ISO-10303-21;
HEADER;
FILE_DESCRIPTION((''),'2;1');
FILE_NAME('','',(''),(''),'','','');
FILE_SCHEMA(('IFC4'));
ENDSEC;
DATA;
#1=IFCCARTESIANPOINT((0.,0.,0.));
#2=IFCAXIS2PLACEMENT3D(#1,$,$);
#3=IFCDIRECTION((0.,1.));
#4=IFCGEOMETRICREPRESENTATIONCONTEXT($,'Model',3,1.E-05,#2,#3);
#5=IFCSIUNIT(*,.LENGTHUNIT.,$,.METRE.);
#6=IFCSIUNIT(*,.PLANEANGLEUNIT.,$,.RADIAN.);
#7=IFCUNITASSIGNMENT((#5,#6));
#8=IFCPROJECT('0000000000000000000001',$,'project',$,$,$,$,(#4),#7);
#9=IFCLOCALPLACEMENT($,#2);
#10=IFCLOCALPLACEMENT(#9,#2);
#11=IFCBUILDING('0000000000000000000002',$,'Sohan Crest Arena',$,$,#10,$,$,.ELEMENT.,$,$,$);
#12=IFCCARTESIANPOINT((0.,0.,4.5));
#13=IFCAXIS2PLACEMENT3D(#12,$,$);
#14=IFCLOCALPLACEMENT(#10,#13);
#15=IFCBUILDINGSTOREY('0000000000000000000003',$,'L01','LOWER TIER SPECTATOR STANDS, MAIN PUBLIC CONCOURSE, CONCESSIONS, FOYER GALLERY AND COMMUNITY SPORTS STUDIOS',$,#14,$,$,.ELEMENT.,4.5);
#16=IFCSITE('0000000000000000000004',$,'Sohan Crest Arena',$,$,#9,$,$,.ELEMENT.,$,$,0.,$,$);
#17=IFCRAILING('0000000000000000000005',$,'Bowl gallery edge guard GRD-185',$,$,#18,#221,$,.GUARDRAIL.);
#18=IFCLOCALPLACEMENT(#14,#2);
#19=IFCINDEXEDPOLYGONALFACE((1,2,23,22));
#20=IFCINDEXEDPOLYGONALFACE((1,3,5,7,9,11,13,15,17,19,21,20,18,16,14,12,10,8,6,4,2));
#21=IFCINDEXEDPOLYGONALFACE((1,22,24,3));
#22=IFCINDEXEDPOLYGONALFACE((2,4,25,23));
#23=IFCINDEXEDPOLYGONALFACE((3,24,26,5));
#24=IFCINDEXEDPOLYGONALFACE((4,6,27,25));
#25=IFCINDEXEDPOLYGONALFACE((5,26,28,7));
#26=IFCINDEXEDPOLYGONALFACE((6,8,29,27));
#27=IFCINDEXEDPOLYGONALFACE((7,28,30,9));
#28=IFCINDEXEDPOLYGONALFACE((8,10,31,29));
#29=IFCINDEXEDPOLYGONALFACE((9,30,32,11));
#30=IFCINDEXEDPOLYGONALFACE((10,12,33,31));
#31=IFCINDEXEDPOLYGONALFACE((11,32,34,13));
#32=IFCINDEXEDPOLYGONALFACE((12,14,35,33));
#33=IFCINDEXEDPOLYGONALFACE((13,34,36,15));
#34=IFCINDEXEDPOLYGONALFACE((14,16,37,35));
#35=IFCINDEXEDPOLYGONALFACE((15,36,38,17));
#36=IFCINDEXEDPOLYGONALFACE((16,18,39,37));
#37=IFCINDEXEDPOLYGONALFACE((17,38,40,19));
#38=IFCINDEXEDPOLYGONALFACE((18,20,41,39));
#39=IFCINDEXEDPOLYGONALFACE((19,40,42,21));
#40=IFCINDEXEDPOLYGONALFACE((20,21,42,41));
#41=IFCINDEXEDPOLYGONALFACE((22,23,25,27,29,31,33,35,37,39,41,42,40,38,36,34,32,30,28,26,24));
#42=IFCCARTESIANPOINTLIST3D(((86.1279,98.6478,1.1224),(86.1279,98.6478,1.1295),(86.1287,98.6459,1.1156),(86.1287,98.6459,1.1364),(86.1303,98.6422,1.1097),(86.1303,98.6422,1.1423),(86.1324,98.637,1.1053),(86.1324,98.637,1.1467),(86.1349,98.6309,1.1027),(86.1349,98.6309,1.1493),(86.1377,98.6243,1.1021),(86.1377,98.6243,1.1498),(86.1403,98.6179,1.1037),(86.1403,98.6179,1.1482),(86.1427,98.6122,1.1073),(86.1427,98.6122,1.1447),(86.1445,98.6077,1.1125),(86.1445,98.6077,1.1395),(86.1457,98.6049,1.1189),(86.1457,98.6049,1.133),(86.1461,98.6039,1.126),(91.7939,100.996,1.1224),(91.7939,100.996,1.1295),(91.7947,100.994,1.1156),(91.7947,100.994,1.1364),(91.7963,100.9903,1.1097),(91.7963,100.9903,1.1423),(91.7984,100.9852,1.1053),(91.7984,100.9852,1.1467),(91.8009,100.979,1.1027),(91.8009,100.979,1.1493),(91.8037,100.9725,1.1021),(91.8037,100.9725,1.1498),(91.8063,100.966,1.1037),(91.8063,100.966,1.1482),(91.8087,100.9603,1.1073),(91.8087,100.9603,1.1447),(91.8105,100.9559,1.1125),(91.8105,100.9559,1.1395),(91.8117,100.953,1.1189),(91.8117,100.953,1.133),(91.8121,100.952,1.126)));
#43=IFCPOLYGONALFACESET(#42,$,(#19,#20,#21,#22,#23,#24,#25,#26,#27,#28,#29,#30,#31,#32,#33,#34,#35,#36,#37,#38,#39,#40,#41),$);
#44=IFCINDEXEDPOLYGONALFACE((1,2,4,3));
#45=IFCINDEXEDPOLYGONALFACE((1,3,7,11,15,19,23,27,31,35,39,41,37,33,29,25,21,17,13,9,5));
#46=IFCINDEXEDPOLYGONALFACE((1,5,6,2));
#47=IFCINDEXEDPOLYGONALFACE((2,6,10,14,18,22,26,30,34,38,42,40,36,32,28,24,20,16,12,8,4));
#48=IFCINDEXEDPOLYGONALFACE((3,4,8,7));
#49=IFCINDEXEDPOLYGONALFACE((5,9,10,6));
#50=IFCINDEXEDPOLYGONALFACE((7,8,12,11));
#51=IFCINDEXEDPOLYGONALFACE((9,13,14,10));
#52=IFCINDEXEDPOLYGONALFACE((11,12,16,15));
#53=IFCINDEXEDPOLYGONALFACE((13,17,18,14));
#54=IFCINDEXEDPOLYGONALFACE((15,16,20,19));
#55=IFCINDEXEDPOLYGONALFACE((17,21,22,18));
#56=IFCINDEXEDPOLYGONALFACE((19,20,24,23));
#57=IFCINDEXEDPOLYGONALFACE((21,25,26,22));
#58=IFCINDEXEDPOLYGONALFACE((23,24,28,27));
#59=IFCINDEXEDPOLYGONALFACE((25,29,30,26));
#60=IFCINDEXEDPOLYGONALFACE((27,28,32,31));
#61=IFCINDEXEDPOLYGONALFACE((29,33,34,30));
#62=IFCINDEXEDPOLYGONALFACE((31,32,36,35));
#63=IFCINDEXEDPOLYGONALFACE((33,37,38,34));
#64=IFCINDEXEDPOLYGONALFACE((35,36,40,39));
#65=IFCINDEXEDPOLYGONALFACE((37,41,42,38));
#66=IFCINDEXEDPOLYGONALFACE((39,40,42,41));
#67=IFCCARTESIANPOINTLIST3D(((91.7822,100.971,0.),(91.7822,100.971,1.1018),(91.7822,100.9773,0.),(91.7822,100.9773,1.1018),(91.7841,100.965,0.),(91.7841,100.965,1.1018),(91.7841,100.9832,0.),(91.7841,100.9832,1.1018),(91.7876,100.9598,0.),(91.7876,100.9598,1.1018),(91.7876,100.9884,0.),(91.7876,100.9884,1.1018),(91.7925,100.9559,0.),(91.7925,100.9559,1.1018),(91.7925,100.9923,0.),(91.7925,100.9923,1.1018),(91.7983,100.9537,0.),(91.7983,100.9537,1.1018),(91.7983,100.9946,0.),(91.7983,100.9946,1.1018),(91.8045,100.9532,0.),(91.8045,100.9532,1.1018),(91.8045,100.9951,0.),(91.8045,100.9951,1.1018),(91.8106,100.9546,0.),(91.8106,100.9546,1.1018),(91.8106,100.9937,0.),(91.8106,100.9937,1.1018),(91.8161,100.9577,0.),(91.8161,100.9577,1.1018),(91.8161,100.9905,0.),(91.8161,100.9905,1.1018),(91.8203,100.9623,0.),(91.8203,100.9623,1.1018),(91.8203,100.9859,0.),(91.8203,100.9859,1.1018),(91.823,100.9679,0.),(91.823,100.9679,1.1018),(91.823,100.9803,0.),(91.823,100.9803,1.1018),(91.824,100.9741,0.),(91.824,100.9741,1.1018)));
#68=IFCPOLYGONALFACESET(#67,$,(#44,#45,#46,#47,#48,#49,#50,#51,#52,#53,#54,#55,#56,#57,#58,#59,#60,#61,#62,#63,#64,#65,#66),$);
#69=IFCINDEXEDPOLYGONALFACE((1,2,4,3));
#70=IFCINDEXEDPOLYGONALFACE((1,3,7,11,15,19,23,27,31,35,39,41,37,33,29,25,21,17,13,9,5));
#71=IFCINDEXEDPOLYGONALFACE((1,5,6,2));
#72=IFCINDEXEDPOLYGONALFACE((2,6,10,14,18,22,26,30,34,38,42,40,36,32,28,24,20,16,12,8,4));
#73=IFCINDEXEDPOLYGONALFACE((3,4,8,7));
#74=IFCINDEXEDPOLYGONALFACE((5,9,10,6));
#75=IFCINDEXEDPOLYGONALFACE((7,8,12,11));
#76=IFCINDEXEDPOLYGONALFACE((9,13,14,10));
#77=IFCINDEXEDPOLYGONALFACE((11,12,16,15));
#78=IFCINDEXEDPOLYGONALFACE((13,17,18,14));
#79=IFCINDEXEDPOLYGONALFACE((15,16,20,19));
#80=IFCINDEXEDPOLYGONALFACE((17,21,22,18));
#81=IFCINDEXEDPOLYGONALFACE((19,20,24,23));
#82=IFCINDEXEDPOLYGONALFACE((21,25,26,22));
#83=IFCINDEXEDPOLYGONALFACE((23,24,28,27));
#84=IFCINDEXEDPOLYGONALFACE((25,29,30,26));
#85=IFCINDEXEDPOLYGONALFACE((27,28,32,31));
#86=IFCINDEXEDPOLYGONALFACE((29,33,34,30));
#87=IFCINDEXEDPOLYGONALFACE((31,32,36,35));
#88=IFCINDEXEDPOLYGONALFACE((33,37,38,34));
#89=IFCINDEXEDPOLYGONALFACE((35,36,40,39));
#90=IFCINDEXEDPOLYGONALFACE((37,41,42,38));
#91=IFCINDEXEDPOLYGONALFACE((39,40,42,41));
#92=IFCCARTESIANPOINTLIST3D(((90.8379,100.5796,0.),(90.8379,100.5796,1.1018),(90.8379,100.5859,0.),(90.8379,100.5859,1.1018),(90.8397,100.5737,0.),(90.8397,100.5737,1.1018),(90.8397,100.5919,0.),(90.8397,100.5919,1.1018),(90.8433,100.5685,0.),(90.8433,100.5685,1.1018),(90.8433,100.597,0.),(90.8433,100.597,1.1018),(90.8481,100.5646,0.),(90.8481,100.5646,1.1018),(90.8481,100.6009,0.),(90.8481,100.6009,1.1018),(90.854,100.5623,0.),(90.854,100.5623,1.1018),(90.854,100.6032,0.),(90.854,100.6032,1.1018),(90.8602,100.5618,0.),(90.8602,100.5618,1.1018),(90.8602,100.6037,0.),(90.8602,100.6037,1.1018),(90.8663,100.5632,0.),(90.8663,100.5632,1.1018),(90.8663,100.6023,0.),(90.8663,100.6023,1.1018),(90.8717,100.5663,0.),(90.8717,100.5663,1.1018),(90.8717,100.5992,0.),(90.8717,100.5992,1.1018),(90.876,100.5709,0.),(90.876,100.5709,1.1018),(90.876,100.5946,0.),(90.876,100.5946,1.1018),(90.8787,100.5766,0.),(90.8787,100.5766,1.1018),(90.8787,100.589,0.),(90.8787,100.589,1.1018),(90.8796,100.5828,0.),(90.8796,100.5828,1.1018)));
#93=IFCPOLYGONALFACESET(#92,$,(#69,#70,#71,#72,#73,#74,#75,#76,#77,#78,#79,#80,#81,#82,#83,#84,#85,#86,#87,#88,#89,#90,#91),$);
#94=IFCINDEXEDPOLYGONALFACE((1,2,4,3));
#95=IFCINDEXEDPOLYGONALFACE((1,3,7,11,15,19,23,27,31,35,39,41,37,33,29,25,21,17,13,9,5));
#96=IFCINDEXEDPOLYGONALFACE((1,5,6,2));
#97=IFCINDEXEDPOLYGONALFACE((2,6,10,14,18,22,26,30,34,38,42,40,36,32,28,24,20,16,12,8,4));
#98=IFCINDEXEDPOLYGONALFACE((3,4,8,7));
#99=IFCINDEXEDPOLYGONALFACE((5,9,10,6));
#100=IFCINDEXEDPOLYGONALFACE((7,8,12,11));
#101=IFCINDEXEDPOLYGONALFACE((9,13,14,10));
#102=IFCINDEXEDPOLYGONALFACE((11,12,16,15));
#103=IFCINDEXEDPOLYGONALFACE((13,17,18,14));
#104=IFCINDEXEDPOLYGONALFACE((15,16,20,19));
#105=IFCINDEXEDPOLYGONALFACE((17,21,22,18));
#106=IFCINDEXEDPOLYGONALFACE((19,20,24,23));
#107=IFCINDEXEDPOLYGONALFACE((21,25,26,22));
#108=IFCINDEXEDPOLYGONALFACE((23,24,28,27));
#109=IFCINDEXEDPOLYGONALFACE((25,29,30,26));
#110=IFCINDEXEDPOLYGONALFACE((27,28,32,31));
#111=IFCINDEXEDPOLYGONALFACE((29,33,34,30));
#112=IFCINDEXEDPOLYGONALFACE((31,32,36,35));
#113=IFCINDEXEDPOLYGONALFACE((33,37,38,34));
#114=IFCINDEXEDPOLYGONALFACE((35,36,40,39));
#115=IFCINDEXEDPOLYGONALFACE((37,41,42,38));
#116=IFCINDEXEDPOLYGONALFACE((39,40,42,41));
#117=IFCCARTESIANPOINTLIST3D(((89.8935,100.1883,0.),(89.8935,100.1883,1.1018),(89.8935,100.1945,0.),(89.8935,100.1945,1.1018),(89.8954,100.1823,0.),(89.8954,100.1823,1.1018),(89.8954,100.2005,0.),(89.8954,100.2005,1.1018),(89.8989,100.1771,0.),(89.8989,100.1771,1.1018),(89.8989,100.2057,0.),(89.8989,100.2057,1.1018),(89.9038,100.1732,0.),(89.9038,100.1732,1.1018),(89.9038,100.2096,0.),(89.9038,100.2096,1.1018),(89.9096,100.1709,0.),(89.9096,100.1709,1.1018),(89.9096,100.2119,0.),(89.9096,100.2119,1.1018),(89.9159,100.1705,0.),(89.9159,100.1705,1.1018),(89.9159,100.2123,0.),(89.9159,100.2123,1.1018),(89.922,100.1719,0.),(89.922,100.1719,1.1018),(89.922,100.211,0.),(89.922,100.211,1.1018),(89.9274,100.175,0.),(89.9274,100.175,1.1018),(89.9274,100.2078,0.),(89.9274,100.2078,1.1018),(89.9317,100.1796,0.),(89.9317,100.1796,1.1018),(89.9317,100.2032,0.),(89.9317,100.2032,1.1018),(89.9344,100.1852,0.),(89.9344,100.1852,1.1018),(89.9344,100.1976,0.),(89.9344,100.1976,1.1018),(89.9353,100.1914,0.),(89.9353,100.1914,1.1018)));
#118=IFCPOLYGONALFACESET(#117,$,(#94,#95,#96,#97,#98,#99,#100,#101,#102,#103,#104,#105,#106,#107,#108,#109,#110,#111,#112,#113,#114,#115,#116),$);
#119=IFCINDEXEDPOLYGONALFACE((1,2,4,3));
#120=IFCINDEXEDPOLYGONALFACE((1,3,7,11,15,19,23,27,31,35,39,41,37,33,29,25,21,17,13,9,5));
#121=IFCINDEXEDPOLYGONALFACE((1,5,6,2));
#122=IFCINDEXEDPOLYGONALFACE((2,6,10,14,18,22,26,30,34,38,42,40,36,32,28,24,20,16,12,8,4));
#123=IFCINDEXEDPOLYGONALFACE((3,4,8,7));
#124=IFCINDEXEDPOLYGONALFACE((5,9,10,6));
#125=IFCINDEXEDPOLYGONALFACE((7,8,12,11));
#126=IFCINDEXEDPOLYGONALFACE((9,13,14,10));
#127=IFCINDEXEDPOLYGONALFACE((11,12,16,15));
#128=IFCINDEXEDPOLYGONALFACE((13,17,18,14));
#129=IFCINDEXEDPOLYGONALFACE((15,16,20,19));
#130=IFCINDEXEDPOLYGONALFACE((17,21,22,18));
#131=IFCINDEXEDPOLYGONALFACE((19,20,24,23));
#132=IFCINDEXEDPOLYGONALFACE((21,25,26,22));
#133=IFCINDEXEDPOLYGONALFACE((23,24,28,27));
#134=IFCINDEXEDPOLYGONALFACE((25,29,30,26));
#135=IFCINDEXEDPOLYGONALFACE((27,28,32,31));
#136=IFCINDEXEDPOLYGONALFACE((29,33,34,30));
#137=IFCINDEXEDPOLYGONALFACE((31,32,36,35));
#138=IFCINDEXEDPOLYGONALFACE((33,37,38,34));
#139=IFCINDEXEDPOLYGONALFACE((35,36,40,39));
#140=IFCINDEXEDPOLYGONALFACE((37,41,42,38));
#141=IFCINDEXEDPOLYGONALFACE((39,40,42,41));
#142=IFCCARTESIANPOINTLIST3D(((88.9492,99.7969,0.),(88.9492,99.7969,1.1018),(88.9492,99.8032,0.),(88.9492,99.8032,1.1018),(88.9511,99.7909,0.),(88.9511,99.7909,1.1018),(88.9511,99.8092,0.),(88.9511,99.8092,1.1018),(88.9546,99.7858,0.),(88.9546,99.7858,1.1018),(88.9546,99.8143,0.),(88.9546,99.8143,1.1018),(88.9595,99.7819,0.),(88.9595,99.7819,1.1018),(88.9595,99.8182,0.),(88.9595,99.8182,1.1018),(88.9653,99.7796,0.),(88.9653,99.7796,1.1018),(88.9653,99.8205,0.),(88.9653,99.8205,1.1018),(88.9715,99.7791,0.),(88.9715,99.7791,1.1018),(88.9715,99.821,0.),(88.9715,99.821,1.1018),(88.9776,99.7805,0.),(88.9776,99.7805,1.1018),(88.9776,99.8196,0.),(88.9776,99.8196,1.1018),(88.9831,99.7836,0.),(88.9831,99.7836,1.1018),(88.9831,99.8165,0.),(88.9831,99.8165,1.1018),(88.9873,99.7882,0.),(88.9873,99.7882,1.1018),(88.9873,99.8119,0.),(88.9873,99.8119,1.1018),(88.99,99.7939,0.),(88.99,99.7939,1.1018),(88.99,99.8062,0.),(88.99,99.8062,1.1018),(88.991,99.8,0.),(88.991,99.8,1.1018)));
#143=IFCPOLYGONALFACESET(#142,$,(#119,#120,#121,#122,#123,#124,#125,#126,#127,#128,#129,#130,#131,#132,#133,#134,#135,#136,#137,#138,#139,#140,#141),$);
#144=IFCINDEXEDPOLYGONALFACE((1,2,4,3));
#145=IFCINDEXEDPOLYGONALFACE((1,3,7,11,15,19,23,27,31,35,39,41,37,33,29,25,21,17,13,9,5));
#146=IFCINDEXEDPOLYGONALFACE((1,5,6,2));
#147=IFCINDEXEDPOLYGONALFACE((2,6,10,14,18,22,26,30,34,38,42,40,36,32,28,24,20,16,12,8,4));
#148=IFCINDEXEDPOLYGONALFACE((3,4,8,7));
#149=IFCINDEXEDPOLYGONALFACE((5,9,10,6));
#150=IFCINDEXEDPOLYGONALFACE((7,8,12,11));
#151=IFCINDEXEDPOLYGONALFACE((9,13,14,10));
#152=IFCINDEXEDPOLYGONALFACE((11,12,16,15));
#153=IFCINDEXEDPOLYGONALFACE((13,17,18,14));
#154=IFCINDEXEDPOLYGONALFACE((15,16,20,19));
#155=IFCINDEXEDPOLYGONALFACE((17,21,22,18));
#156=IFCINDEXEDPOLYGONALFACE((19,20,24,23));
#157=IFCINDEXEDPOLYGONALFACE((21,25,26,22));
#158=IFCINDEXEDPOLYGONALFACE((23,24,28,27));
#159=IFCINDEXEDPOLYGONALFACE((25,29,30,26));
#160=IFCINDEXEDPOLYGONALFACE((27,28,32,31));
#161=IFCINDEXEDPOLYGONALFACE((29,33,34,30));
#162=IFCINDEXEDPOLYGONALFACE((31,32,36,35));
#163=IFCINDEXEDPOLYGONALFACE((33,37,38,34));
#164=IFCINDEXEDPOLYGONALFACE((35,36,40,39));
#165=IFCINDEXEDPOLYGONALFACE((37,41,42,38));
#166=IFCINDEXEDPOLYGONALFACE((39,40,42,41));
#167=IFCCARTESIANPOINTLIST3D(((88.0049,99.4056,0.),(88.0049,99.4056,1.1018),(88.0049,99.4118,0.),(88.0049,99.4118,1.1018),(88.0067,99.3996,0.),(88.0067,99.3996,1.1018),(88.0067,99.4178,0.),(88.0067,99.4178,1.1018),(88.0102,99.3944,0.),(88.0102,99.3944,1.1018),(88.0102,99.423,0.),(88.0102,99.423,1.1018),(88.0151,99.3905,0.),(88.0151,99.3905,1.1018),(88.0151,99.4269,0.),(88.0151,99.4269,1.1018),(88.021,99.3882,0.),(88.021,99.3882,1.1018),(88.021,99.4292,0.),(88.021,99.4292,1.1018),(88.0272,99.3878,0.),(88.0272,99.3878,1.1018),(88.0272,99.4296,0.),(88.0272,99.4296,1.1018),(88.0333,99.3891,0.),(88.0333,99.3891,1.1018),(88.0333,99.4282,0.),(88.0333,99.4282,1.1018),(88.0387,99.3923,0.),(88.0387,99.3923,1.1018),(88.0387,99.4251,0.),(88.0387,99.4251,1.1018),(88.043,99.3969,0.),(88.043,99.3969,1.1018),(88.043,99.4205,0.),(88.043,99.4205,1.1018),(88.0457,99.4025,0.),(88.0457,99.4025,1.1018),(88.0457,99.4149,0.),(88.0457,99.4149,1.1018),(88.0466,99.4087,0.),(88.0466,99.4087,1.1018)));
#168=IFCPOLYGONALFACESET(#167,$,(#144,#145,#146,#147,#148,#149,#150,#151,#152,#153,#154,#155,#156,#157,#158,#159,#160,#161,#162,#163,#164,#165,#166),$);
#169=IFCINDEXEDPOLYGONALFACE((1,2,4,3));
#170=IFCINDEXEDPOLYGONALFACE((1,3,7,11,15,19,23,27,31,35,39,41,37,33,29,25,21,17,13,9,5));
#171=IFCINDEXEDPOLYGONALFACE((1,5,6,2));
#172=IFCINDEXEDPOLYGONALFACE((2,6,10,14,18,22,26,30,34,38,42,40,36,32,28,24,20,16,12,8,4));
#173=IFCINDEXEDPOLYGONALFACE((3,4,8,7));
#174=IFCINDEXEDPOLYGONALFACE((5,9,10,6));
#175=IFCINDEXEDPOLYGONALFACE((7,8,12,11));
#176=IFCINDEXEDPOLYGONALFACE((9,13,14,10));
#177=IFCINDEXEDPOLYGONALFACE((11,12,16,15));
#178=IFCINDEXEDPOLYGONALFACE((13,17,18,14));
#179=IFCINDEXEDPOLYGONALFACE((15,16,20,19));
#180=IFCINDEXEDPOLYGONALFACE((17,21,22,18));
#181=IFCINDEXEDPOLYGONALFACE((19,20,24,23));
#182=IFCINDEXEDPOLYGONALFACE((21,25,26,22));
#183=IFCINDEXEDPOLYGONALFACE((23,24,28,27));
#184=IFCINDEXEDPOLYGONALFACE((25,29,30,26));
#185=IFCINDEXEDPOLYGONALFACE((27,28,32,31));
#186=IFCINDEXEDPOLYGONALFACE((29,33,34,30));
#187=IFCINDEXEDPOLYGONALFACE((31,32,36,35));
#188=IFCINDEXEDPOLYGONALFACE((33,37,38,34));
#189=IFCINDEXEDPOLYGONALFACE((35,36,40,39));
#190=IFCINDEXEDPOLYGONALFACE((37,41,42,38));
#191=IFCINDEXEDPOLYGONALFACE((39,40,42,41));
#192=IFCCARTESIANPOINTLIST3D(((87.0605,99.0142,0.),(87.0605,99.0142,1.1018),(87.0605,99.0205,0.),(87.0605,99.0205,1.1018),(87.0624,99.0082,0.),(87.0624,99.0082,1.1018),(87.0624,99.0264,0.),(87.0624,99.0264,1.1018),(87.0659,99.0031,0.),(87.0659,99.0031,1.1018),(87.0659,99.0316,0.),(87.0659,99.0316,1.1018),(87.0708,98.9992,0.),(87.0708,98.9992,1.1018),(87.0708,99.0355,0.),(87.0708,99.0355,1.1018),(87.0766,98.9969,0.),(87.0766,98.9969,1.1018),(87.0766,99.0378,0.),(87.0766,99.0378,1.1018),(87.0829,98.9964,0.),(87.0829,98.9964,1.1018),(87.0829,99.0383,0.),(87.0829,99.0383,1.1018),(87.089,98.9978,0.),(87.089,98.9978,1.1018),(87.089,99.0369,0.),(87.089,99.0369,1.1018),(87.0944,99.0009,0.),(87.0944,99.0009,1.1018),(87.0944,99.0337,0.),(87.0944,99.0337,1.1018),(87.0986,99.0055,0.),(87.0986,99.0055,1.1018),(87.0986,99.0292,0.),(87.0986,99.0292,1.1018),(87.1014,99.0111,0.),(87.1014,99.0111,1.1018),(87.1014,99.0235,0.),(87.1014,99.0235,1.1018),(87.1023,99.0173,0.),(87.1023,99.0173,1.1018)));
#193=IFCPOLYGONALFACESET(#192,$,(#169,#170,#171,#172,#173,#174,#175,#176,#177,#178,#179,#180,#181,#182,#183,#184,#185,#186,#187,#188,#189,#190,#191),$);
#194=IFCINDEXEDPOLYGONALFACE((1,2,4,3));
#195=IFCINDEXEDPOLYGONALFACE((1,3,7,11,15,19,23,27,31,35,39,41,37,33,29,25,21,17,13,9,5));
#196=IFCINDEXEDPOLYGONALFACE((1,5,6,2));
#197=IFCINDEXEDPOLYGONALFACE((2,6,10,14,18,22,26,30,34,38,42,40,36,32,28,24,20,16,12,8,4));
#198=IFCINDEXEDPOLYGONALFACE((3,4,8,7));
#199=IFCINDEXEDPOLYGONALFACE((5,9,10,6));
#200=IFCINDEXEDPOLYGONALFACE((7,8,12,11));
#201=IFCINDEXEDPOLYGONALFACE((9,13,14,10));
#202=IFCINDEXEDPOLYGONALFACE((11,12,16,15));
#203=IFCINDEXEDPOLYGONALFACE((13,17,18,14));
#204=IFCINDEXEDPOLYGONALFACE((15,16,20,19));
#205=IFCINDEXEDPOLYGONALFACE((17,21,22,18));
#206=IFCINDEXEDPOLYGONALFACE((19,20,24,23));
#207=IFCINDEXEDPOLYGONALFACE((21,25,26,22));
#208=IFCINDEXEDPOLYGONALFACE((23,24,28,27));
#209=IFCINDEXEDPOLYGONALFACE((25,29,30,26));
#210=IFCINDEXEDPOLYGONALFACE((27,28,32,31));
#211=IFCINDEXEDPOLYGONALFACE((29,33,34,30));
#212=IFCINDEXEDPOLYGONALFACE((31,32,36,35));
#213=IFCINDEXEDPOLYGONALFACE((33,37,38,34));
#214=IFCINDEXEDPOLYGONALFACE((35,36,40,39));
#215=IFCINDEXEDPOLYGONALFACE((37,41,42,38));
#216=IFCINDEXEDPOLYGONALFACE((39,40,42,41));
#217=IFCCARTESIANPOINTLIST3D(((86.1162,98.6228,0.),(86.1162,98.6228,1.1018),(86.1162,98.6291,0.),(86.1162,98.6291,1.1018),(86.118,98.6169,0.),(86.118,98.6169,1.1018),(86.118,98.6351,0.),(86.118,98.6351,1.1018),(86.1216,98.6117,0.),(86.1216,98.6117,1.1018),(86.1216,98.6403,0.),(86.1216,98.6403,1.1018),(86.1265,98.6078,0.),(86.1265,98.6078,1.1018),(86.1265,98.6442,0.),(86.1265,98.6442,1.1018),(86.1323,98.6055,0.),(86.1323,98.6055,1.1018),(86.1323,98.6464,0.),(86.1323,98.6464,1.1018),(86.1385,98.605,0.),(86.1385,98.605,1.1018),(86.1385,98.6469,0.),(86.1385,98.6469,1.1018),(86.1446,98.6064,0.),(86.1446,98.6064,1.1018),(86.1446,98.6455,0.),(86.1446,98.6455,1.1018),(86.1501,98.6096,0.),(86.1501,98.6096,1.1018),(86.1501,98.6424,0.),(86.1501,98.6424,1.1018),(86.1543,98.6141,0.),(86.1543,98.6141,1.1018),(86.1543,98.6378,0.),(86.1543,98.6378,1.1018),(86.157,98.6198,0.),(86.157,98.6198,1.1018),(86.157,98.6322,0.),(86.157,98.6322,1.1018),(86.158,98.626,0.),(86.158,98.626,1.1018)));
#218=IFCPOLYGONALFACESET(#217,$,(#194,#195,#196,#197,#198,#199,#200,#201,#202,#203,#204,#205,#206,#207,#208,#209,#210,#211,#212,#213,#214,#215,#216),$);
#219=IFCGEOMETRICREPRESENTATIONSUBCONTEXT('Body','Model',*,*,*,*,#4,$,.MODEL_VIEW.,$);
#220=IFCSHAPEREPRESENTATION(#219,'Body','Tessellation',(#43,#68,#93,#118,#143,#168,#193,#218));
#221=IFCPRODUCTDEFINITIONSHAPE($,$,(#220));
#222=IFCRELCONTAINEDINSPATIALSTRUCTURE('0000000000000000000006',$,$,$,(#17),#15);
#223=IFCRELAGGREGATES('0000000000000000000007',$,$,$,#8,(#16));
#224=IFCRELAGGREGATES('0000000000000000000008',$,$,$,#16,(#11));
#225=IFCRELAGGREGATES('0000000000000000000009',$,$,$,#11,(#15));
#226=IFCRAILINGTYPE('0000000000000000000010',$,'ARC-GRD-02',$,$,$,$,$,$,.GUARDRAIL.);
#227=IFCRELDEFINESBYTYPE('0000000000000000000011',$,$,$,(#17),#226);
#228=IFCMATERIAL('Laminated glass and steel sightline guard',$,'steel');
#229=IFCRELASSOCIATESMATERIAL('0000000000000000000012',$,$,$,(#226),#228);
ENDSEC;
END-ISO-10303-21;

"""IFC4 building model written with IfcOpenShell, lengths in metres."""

from ifc_helpers import new_model, si_unit, direction, frame, origin, origin_2d, place, context, subcontext, project, spatial, circle, extrude, material, type_object, element, save


model = new_model("IFC4")

# Units and contexts
model_context = context("Model", 3, precision=1e-05, world=origin(), true_north=direction((0.0, 1.0)))
body_context = subcontext(model_context, "Body", "Model", "MODEL_VIEW")
ifc_project = project(units=[si_unit("LENGTHUNIT", "METRE"), si_unit("PLANEANGLEUNIT", "RADIAN")], contexts=[model_context])

# Site, building, storey
site_placement = place(None, origin())
site = spatial("IfcSite", under=ifc_project, at=site_placement, Name="Sohan Crest Arena", CompositionType="ELEMENT", RefElevation=0.0)
building_placement = place(site_placement, origin())
building = spatial("IfcBuilding", under=site, at=building_placement, Name="Sohan Crest Arena", CompositionType="ELEMENT")
storey_placement = place(building_placement, frame((0.0, 0.0, 4.5)))
storey = spatial("IfcBuildingStorey", under=building, at=storey_placement, Name="L01", Description="LOWER TIER SPECTATOR STANDS, MAIN PUBLIC CONCOURSE, CONCESSIONS, FOYER GALLERY AND COMMUNITY SPORTS STUDIOS", CompositionType="ELEMENT", Elevation=4.5)

# Railing
ifc_material_1 = material(Name="Laminated glass and steel sightline guard", Category="steel")
railing_type = type_object("IfcRailingType", Name="ARC-GRD-02", PredefinedType="GUARDRAIL", material=ifc_material_1)
railing_1_placement = place(storey_placement, frame((91.803, 100.9741, 0.0)))
element("IfcRailing", 1, at=railing_1_placement, inside=storey, type_object=railing_type, Name="Bowl gallery edge guard GRD-185", PredefinedType="GUARDRAIL", context=body_context, shape_type="SweptSolid", body=[
    extrude(circle(Radius=0.0239, at=origin_2d()), frame((0.0, 0.0, 1.126), z_axis=(-0.92381, -0.382851, 0.0), x_axis=(0.382851, -0.92381, 0.0)), (0.0, 0.0, 1.0), 6.1333),
    extrude(circle(Radius=0.021, at=origin_2d()), origin(), (0.0, 0.0, 1.0), 1.1018),
    extrude(circle(Radius=0.021, at=origin_2d()), frame((-0.9443, -0.3914, 0.0)), (0.0, 0.0, 1.0), 1.1018),
    extrude(circle(Radius=0.021, at=origin_2d()), frame((-1.8887, -0.7827, 0.0)), (0.0, 0.0, 1.0), 1.1018),
    extrude(circle(Radius=0.021, at=origin_2d()), frame((-2.833, -1.1741, 0.0)), (0.0, 0.0, 1.0), 1.1018),
    extrude(circle(Radius=0.021, at=origin_2d()), frame((-3.7773, -1.5654, 0.0)), (0.0, 0.0, 1.0), 1.1018),
    extrude(circle(Radius=0.021, at=origin_2d()), frame((-4.7217, -1.9568, 0.0)), (0.0, 0.0, 1.0), 1.1018),
    extrude(circle(Radius=0.021, at=origin_2d()), frame((-5.666, -2.3481, 0.0)), (0.0, 0.0, 1.0), 1.1018),
])

save(model, "model.ifc")
